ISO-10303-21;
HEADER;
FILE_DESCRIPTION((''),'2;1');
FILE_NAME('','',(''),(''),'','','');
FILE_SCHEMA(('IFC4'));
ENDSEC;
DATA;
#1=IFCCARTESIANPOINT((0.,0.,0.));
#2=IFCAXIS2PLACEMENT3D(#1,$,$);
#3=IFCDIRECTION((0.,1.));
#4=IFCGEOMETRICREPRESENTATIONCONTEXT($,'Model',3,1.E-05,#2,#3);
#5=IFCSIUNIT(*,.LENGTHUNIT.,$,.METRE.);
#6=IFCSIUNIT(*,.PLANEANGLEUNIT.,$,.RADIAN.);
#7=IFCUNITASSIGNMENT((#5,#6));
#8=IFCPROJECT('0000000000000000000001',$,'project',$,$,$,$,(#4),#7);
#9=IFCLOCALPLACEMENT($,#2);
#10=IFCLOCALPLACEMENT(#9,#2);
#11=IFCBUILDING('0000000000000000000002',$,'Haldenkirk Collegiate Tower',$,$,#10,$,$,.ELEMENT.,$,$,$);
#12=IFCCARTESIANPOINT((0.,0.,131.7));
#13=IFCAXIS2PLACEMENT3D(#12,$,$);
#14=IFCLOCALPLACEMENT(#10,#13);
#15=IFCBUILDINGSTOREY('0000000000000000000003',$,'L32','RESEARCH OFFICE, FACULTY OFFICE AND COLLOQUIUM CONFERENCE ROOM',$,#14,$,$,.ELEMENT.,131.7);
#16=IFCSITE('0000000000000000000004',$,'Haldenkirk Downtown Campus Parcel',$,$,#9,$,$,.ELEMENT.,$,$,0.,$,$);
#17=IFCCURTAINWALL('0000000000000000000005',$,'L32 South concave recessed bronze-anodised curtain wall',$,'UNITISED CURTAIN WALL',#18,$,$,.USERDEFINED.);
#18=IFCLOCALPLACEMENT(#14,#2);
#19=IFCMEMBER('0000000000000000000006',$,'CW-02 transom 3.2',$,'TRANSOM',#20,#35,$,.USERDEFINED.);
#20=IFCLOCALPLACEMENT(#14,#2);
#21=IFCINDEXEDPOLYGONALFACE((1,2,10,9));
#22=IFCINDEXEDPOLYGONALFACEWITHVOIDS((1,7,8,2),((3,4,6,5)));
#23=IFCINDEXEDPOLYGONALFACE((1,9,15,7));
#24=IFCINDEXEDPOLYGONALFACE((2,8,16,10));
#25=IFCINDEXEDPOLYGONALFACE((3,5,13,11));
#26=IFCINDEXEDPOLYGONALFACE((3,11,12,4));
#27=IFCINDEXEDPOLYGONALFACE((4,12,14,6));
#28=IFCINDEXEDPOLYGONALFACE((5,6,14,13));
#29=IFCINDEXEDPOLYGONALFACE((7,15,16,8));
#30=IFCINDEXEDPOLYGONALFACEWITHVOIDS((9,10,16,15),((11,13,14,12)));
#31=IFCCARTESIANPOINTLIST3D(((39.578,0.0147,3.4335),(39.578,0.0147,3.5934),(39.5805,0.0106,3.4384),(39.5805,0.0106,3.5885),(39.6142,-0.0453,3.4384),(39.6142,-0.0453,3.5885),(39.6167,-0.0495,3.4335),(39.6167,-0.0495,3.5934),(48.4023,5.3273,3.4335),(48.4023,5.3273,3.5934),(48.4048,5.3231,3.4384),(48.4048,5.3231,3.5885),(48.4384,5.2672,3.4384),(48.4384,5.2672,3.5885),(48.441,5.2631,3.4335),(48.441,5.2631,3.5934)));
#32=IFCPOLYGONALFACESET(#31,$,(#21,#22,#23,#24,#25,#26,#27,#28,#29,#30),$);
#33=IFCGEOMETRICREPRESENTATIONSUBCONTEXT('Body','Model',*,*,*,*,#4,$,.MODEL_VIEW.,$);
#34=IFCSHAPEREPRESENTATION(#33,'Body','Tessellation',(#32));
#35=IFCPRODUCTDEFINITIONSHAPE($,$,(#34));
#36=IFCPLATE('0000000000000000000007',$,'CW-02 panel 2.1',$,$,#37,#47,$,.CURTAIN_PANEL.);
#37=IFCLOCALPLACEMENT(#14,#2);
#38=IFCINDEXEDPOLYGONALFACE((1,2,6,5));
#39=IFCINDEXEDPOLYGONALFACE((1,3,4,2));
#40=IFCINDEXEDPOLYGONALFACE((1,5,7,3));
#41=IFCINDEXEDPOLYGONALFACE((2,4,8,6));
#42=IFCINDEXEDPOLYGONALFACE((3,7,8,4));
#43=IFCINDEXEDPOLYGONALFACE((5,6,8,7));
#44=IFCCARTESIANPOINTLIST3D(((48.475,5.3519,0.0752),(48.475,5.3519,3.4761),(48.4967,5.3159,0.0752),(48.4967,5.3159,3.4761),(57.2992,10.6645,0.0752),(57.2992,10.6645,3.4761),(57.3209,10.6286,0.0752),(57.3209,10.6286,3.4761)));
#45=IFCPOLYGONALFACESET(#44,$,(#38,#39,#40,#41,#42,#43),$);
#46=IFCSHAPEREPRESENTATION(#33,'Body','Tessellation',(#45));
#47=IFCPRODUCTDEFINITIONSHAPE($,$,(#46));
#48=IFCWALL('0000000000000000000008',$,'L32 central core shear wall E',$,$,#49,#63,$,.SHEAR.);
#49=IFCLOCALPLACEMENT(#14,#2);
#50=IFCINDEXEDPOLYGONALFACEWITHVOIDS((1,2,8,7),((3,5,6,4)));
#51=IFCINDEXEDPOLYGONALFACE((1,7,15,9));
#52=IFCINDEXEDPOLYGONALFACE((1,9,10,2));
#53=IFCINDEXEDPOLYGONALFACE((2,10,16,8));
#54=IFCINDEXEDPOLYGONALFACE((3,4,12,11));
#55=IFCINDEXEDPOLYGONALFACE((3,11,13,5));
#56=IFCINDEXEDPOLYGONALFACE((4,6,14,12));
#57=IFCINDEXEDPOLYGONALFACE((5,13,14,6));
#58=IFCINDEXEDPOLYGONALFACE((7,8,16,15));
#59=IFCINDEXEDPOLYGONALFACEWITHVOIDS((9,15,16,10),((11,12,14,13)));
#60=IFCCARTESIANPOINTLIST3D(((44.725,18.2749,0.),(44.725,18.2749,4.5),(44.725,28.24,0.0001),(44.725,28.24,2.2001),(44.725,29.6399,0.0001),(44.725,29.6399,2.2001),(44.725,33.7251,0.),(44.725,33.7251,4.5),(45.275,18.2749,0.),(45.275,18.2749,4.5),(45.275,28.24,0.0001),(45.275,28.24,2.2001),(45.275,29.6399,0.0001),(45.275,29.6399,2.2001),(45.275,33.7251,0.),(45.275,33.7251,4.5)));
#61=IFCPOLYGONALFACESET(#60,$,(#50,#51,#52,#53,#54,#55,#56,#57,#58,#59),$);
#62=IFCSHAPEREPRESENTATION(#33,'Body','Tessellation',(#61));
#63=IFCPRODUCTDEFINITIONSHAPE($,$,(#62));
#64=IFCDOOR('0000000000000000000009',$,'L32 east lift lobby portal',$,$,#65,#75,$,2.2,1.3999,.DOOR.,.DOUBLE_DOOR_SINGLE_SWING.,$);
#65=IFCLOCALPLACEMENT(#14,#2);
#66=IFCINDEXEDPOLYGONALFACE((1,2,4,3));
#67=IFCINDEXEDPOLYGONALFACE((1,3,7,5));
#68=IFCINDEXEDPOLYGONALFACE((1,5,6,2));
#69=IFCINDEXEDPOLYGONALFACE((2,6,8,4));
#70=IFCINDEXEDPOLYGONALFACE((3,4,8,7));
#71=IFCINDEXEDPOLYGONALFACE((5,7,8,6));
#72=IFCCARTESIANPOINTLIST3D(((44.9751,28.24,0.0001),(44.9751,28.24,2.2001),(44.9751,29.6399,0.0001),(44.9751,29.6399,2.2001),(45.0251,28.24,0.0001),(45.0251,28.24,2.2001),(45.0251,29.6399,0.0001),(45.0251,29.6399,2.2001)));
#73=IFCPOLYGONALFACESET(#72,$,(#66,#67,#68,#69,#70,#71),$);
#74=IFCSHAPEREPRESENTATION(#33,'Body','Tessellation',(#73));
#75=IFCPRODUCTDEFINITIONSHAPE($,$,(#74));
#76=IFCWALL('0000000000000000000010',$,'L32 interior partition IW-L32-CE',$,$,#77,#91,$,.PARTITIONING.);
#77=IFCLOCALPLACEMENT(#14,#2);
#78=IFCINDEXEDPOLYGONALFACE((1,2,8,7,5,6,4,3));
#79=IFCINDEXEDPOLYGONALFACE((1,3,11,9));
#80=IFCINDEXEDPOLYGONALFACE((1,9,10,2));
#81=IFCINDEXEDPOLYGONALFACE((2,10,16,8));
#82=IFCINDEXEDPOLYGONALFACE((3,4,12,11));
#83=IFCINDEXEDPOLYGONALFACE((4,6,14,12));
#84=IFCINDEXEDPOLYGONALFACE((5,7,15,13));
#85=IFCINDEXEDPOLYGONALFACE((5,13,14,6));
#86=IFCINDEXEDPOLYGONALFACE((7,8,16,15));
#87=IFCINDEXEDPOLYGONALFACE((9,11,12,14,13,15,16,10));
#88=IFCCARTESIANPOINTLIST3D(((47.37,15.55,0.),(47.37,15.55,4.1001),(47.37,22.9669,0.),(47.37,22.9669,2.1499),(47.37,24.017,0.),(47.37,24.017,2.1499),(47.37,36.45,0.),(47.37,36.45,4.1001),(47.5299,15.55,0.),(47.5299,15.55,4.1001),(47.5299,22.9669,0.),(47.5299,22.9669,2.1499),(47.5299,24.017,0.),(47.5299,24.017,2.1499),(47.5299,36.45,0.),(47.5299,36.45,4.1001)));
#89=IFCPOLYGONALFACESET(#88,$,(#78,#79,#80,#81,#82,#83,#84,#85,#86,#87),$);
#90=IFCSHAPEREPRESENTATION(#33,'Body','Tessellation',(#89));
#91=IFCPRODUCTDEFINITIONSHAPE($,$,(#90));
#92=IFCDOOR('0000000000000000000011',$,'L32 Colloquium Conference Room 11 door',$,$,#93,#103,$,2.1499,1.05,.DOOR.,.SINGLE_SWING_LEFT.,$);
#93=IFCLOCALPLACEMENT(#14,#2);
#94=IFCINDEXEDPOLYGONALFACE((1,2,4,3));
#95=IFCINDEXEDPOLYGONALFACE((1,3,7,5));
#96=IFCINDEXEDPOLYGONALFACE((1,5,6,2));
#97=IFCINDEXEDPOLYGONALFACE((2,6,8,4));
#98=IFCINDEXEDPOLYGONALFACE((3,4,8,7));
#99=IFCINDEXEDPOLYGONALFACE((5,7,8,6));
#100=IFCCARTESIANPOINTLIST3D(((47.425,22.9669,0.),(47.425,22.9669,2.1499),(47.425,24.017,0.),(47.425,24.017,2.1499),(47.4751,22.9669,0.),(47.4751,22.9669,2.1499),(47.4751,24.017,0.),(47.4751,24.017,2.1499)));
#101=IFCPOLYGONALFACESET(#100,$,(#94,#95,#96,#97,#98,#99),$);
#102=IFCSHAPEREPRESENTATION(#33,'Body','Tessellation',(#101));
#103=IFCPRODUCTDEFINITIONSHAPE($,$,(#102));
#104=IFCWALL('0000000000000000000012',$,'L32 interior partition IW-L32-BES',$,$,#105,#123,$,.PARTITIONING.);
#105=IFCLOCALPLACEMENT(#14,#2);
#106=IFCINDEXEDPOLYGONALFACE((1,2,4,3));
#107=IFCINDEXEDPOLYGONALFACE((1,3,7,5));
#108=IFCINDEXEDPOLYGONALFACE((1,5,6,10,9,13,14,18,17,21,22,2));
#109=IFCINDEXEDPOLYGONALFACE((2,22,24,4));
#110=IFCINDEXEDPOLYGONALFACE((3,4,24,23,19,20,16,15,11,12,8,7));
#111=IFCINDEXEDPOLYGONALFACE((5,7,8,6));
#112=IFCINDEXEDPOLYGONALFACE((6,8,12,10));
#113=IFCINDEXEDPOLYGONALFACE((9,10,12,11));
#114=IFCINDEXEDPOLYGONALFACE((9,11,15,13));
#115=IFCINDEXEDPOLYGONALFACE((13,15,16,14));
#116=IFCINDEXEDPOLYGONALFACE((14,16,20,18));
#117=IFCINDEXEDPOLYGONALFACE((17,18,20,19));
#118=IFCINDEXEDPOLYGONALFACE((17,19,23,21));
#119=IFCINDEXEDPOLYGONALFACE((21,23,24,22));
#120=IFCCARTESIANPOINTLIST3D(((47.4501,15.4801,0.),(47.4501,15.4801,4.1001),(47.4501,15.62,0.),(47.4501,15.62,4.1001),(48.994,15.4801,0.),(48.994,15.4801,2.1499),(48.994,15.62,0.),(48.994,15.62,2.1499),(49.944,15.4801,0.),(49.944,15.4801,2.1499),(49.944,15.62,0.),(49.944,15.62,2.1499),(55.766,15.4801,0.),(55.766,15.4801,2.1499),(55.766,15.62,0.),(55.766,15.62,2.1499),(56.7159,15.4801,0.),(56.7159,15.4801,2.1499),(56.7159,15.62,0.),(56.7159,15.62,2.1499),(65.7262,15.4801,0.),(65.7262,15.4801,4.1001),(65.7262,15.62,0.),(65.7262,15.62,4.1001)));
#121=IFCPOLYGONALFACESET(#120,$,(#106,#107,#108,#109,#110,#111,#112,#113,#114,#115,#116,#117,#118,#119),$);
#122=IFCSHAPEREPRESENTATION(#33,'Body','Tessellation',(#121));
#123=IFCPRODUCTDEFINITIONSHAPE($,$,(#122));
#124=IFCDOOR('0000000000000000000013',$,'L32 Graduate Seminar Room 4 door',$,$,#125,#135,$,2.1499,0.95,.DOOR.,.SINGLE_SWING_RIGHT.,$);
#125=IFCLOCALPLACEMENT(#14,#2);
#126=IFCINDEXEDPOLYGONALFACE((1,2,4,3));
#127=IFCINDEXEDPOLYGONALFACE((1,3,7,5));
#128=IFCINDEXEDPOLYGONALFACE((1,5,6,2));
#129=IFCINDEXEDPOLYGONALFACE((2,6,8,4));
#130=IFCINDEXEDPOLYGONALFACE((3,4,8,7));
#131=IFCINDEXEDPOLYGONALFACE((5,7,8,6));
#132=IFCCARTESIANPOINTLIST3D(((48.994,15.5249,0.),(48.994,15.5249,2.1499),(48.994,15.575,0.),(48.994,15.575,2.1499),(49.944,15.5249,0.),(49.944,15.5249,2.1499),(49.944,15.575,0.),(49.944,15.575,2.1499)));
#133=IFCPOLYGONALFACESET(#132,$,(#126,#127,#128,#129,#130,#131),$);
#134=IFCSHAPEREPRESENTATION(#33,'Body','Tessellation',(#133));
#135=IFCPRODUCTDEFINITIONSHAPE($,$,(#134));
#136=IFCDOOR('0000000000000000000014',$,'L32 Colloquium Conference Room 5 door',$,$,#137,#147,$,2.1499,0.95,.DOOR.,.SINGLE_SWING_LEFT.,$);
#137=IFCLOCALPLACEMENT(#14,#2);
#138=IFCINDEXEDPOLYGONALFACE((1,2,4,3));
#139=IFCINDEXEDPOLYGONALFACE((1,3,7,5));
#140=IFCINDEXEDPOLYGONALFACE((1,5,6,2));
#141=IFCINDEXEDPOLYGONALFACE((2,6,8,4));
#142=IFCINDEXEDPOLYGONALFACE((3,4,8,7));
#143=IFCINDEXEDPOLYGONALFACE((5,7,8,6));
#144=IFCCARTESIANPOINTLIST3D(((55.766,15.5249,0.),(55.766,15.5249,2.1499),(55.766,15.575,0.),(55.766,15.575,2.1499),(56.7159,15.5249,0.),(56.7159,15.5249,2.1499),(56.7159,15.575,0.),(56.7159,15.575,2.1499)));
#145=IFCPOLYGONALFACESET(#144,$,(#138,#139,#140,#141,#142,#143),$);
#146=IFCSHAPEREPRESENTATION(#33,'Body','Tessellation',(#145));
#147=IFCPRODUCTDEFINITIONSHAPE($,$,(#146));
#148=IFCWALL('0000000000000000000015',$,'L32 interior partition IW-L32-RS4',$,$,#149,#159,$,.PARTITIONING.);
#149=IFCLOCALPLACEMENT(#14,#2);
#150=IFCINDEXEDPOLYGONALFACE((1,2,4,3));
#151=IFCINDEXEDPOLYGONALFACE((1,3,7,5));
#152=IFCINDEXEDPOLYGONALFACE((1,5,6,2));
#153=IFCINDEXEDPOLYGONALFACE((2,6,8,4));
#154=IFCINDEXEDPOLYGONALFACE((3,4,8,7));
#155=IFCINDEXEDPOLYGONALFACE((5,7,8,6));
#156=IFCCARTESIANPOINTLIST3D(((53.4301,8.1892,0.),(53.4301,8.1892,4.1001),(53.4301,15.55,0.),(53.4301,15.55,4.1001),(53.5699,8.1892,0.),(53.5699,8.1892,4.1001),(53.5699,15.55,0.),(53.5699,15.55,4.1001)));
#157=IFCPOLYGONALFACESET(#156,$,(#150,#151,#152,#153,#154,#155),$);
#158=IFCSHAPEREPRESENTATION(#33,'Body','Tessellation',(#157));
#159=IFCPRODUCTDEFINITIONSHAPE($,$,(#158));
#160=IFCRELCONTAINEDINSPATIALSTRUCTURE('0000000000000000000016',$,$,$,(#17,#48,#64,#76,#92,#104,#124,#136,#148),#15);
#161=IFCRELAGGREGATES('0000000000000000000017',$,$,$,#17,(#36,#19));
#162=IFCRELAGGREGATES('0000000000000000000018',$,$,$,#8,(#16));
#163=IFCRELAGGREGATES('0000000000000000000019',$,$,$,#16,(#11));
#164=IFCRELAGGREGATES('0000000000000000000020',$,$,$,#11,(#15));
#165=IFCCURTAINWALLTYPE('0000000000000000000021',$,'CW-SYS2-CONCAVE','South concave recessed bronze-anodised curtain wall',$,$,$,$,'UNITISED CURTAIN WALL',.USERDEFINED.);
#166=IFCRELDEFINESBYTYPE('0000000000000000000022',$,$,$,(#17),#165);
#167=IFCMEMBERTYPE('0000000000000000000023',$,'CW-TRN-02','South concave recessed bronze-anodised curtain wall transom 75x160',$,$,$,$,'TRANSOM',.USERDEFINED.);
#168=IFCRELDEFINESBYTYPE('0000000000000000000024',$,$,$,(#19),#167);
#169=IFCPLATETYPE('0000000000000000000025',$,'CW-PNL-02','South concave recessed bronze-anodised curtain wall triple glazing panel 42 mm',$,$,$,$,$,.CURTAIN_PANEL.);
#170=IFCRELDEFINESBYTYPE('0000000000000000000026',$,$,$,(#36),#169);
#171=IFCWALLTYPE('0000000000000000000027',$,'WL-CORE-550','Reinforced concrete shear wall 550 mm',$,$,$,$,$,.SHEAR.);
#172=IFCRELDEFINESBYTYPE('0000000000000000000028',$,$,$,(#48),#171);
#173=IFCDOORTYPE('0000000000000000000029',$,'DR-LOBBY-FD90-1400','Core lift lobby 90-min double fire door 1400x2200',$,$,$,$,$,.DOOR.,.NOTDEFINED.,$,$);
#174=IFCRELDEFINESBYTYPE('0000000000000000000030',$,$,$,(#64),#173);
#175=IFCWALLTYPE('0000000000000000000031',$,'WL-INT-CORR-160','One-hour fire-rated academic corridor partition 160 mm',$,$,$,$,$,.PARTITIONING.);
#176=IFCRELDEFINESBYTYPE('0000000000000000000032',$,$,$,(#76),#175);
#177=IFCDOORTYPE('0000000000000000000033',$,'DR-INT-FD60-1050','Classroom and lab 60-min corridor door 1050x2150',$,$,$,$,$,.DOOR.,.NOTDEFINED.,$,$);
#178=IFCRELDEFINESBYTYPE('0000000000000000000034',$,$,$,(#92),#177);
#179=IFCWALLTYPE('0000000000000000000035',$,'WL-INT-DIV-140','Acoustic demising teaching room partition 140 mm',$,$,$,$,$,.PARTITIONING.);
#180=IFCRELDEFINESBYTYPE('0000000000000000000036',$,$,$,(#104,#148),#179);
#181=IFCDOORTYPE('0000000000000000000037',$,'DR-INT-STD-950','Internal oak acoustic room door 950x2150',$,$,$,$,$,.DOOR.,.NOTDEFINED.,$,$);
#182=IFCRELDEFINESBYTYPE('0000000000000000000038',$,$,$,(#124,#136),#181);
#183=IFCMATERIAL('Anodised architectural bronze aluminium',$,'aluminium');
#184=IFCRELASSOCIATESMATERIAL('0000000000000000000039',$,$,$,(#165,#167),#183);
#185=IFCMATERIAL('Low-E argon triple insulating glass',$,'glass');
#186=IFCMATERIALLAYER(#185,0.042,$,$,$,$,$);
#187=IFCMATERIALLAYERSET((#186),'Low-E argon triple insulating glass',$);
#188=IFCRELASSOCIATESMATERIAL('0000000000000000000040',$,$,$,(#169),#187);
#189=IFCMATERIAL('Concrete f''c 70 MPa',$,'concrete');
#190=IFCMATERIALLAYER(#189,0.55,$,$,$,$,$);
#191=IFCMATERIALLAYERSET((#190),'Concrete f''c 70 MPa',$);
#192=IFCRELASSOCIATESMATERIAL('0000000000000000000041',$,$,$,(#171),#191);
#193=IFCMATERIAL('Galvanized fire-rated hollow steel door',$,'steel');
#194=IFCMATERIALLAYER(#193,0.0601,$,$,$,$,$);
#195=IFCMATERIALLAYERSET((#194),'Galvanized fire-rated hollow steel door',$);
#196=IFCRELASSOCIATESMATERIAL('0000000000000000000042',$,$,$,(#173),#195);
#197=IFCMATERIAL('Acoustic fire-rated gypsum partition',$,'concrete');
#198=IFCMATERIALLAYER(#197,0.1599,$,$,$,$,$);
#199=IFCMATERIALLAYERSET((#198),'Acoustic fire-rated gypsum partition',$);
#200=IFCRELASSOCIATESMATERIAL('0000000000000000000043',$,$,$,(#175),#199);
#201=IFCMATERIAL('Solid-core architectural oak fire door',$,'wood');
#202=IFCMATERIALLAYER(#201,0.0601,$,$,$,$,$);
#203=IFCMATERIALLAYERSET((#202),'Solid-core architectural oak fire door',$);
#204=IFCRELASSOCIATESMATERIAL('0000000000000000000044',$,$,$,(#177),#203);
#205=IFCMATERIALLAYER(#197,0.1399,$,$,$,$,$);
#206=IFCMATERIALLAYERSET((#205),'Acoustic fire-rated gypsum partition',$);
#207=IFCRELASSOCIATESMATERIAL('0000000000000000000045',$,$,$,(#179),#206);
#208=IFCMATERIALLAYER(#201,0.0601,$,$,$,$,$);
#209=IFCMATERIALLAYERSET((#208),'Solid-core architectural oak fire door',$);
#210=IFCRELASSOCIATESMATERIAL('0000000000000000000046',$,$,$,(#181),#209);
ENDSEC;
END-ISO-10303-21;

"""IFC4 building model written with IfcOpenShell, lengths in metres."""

from ifc_helpers import new_model, si_unit, direction, frame, frame_2d, origin, origin_2d, place, context, subcontext, project, spatial, rectangle, hollow_rectangle, extrude, source, transform, mapped, material, layer, layer_set, material_profile, profile_set, type_object, element, fill, aggregate, save


model = new_model("IFC4")

# Units and contexts
model_context = context("Model", 3, precision=1e-05, world=origin(), true_north=direction((0.0, 1.0)))
body_context = subcontext(model_context, "Body", "Model", "MODEL_VIEW")
ifc_project = project(units=[si_unit("LENGTHUNIT", "METRE"), si_unit("PLANEANGLEUNIT", "RADIAN")], contexts=[model_context])

# Site, building, storey
site_placement = place(None, origin())
site = spatial("IfcSite", under=ifc_project, at=site_placement, Name="Haldenkirk Downtown Campus Parcel", CompositionType="ELEMENT", RefElevation=0.0)
building_placement = place(site_placement, origin())
building = spatial("IfcBuilding", under=site, at=building_placement, Name="Haldenkirk Collegiate Tower", CompositionType="ELEMENT")
storey_placement = place(building_placement, frame((0.0, 0.0, 131.7)))
storey = spatial("IfcBuildingStorey", under=building, at=storey_placement, Name="L32", Description="RESEARCH OFFICE, FACULTY OFFICE AND COLLOQUIUM CONFERENCE ROOM", CompositionType="ELEMENT", Elevation=131.7)

# Curtain wall, member, plate
ifc_material_1 = material(Name="Anodised architectural bronze aluminium", Category="aluminium")
curtain_wall_type = type_object("IfcCurtainWallType", Name="CW-SYS2-CONCAVE", Description="South concave recessed bronze-anodised curtain wall", ElementType="UNITISED CURTAIN WALL", PredefinedType="USERDEFINED", material=ifc_material_1)
curtain_wall_placement = place(storey_placement, origin())
curtain_wall = element("IfcCurtainWall", 1, at=curtain_wall_placement, inside=storey, type_object=curtain_wall_type, Name="L32 South concave recessed bronze-anodised curtain wall", ObjectType="UNITISED CURTAIN WALL", PredefinedType="USERDEFINED")
ifc_material_profile_1 = material_profile(ifc_material_1, hollow_rectangle(XDim=0.075, YDim=0.1599, WallThickness=0.0049, at=origin_2d()), Name="CW-TRN-02")
ifc_profile_set_1 = profile_set([ifc_material_profile_1], Name="Anodised architectural bronze aluminium")
member_type_1 = type_object("IfcMemberType", Name="CW-TRN-02", Description="South concave recessed bronze-anodised curtain wall transom 75x160", ElementType="TRANSOM", PredefinedType="USERDEFINED", material=ifc_profile_set_1)
member_1_placement = place(storey_placement, frame((48.4216, 5.2952, 3.5134), z_axis=(-0.856722, -0.515778, 0.0), x_axis=(0.515778, -0.856722, 0.0)))
member_1 = element("IfcMember", 2, at=member_1_placement, type_object=member_type_1, Name="CW-02 transom 3.2", ObjectType="TRANSOM", PredefinedType="USERDEFINED", context=body_context, shape_type="SweptSolid", body=[
    extrude(hollow_rectangle(XDim=0.075, YDim=0.1599, WallThickness=0.0049, at=origin_2d()), origin(), (0.0, 0.0, 1.0), 10.3),
])
ifc_material_2 = material(Name="Low-E argon triple insulating glass", Category="glass")
ifc_layer_1 = layer(ifc_material_2, 0.042)
ifc_layer_set_1 = layer_set([ifc_layer_1], Name="Low-E argon triple insulating glass")
plate_type = type_object("IfcPlateType", Name="CW-PNL-02", Description="South concave recessed bronze-anodised curtain wall triple glazing panel 42 mm", PredefinedType="CURTAIN_PANEL", material=ifc_layer_set_1)
shared_shape = source(origin(), body_context, "Body", "SweptSolid", [
    extrude(rectangle(XDim=10.3, YDim=0.042, at=origin_2d()), origin(), (0.0, 0.0, 1.0), 3.4009),
])
plate_placement = place(storey_placement, frame((52.8979, 7.9902, 0.0752), z_axis=(0.0, 0.0, 1.0), x_axis=(-0.856718, -0.515785, 0.0)))
plate = element("IfcPlate", 3, at=plate_placement, type_object=plate_type, Name="CW-02 panel 2.1", PredefinedType="CURTAIN_PANEL", context=body_context, shape_type="MappedRepresentation", body=[
    mapped(shared_shape, transform((0.0, 0.0, 0.0), x_axis=(1.0, 0.0, 0.0), y_axis=(0.0, 1.0, 0.0), z_axis=(0.0, 0.0, 1.0), scale=1.0)),
])
aggregate(curtain_wall, [plate, member_1])

# Walls, openings, doors
ifc_material_3 = material(Name="Concrete f'c 70 MPa", Category="concrete")
ifc_layer_2 = layer(ifc_material_3, 0.55)
ifc_layer_set_2 = layer_set([ifc_layer_2], Name="Concrete f'c 70 MPa")
wall_type_1 = type_object("IfcWallType", Name="WL-CORE-550", Description="Reinforced concrete shear wall 550 mm", PredefinedType="SHEAR", material=ifc_layer_set_2)
wall_1_placement = place(storey_placement, frame((45.0, 18.2749, 0.0), z_axis=(0.0, 0.0, 1.0), x_axis=(0.0, 1.0, 0.0)))
wall_1 = element("IfcWall", 4, at=wall_1_placement, inside=storey, type_object=wall_type_1, Name="L32 central core shear wall E", PredefinedType="SHEAR", context=body_context, shape_type="SweptSolid", body=[
    extrude(rectangle(XDim=15.4502, YDim=0.55, at=frame_2d((7.7251, 0.0))), origin(), (0.0, 0.0, 1.0), 4.5),
])
opening_1_placement = place(wall_1_placement, frame((9.9651, 0.0, 0.0)))
opening_1 = element("IfcOpeningElement", 5, at=opening_1_placement, cuts=wall_1, PredefinedType="OPENING", context=body_context, shape_type="SweptSolid", body=[
    extrude(rectangle(XDim=1.3999, YDim=2.2, at=frame_2d((0.7, 1.1001))), frame((0.0, 0.2849, 0.0), z_axis=(0.0, -1.0, 0.0), x_axis=(1.0, 0.0, 0.0)), (0.0, 0.0, 1.0), 0.5701),
])
ifc_material_4 = material(Name="Galvanized fire-rated hollow steel door", Category="steel")
ifc_layer_3 = layer(ifc_material_4, 0.0601)
ifc_layer_set_3 = layer_set([ifc_layer_3], Name="Galvanized fire-rated hollow steel door")
door_type_1 = type_object("IfcDoorType", Name="DR-LOBBY-FD90-1400", Description="Core lift lobby 90-min double fire door 1400x2200", OperationType="NOTDEFINED", PredefinedType="DOOR", material=ifc_layer_set_3)
door_1_placement = place(opening_1_placement, origin())
door_1 = element("IfcDoor", 6, at=door_1_placement, inside=storey, type_object=door_type_1, Name="L32 east lift lobby portal", OperationType="DOUBLE_DOOR_SINGLE_SWING", OverallHeight=2.2, OverallWidth=1.3999, PredefinedType="DOOR", context=body_context, shape_type="SweptSolid", body=[
    extrude(rectangle(XDim=1.3999, YDim=2.2, at=frame_2d((0.7, 1.1001))), frame((0.0, 0.0249, 0.0), z_axis=(0.0, -1.0, 0.0), x_axis=(1.0, 0.0, 0.0)), (0.0, 0.0, 1.0), 0.05),
])
fill(opening_1, door_1)
ifc_material_5 = material(Name="Acoustic fire-rated gypsum partition", Category="concrete")
ifc_layer_4 = layer(ifc_material_5, 0.1599)
ifc_layer_set_4 = layer_set([ifc_layer_4], Name="Acoustic fire-rated gypsum partition")
wall_type_2 = type_object("IfcWallType", Name="WL-INT-CORR-160", Description="One-hour fire-rated academic corridor partition 160 mm", PredefinedType="PARTITIONING", material=ifc_layer_set_4)
wall_2_placement = place(storey_placement, frame((47.45, 15.55, 0.0), z_axis=(0.0, 0.0, 1.0), x_axis=(0.0, 1.0, 0.0)))
wall_2 = element("IfcWall", 7, at=wall_2_placement, inside=storey, type_object=wall_type_2, Name="L32 interior partition IW-L32-CE", PredefinedType="PARTITIONING", context=body_context, shape_type="SweptSolid", body=[
    extrude(rectangle(XDim=20.8999, YDim=0.1599, at=frame_2d((10.45, 0.0))), origin(), (0.0, 0.0, 1.0), 4.1001),
])
opening_2_placement = place(wall_2_placement, frame((7.417, 0.0, 0.0)))
opening_2 = element("IfcOpeningElement", 8, at=opening_2_placement, cuts=wall_2, PredefinedType="OPENING", context=body_context, shape_type="SweptSolid", body=[
    extrude(rectangle(XDim=1.05, YDim=2.1499, at=frame_2d((0.5249, 1.075))), frame((0.0, 0.0898, 0.0), z_axis=(0.0, -1.0, 0.0), x_axis=(1.0, 0.0, 0.0)), (0.0, 0.0, 1.0), 0.1799),
])
ifc_material_6 = material(Name="Solid-core architectural oak fire door", Category="wood")
ifc_layer_5 = layer(ifc_material_6, 0.0601)
ifc_layer_set_5 = layer_set([ifc_layer_5], Name="Solid-core architectural oak fire door")
door_type_2 = type_object("IfcDoorType", Name="DR-INT-FD60-1050", Description="Classroom and lab 60-min corridor door 1050x2150", OperationType="NOTDEFINED", PredefinedType="DOOR", material=ifc_layer_set_5)
door_2_placement = place(opening_2_placement, origin())
door_2 = element("IfcDoor", 9, at=door_2_placement, inside=storey, type_object=door_type_2, Name="L32 Colloquium Conference Room 11 door", OperationType="SINGLE_SWING_LEFT", OverallHeight=2.1499, OverallWidth=1.05, PredefinedType="DOOR", context=body_context, shape_type="SweptSolid", body=[
    extrude(rectangle(XDim=1.05, YDim=2.1499, at=frame_2d((0.5249, 1.075))), frame((0.0, 0.0249, 0.0), z_axis=(0.0, -1.0, 0.0), x_axis=(1.0, 0.0, 0.0)), (0.0, 0.0, 1.0), 0.05),
])
fill(opening_2, door_2)

# Wall, openings, doors
ifc_layer_6 = layer(ifc_material_5, 0.1399)
ifc_layer_set_6 = layer_set([ifc_layer_6], Name="Acoustic fire-rated gypsum partition")
wall_type_3 = type_object("IfcWallType", Name="WL-INT-DIV-140", Description="Acoustic demising teaching room partition 140 mm", PredefinedType="PARTITIONING", material=ifc_layer_set_6)
wall_3_placement = place(storey_placement, frame((47.45, 15.55, 0.0), z_axis=(0.0, 0.0, 1.0), x_axis=(1.0, 0.0, 0.0)))
wall_3 = element("IfcWall", 10, at=wall_3_placement, inside=storey, type_object=wall_type_3, Name="L32 interior partition IW-L32-BES", PredefinedType="PARTITIONING", context=body_context, shape_type="SweptSolid", body=[
    extrude(rectangle(XDim=18.2761, YDim=0.1399, at=frame_2d((9.1382, 0.0))), origin(), (0.0, 0.0, 1.0), 4.1001),
])
opening_3_placement = place(wall_3_placement, frame((1.5439, 0.0, 0.0)))
opening_3 = element("IfcOpeningElement", 11, at=opening_3_placement, cuts=wall_3, PredefinedType="OPENING", context=body_context, shape_type="SweptSolid", body=[
    extrude(rectangle(XDim=0.95, YDim=2.1499, at=frame_2d((0.4751, 1.075))), frame((0.0, 0.0798, 0.0), z_axis=(0.0, -1.0, 0.0), x_axis=(1.0, 0.0, 0.0)), (0.0, 0.0, 1.0), 0.1599),
])
opening_4_placement = place(wall_3_placement, frame((8.3159, 0.0, 0.0)))
opening_4 = element("IfcOpeningElement", 12, at=opening_4_placement, cuts=wall_3, PredefinedType="OPENING", context=body_context, shape_type="SweptSolid", body=[
    extrude(rectangle(XDim=0.95, YDim=2.1499, at=frame_2d((0.4751, 1.075))), frame((0.0, 0.0798, 0.0), z_axis=(0.0, -1.0, 0.0), x_axis=(1.0, 0.0, 0.0)), (0.0, 0.0, 1.0), 0.1599),
])
ifc_layer_7 = layer(ifc_material_6, 0.0601)
ifc_layer_set_7 = layer_set([ifc_layer_7], Name="Solid-core architectural oak fire door")
door_type_3 = type_object("IfcDoorType", Name="DR-INT-STD-950", Description="Internal oak acoustic room door 950x2150", OperationType="NOTDEFINED", PredefinedType="DOOR", material=ifc_layer_set_7)
door_3_placement = place(opening_3_placement, origin())
door_3 = element("IfcDoor", 13, at=door_3_placement, inside=storey, type_object=door_type_3, Name="L32 Graduate Seminar Room 4 door", OperationType="SINGLE_SWING_RIGHT", OverallHeight=2.1499, OverallWidth=0.95, PredefinedType="DOOR", context=body_context, shape_type="SweptSolid", body=[
    extrude(rectangle(XDim=0.95, YDim=2.1499, at=frame_2d((0.4751, 1.075))), frame((0.0, 0.0249, 0.0), z_axis=(0.0, -1.0, 0.0), x_axis=(1.0, 0.0, 0.0)), (0.0, 0.0, 1.0), 0.05),
])
fill(opening_3, door_3)
door_4_placement = place(opening_4_placement, origin())
door_4 = element("IfcDoor", 14, at=door_4_placement, inside=storey, type_object=door_type_3, Name="L32 Colloquium Conference Room 5 door", OperationType="SINGLE_SWING_LEFT", OverallHeight=2.1499, OverallWidth=0.95, PredefinedType="DOOR", context=body_context, shape_type="SweptSolid", body=[
    extrude(rectangle(XDim=0.95, YDim=2.1499, at=frame_2d((0.4751, 1.075))), frame((0.0, 0.0249, 0.0), z_axis=(0.0, -1.0, 0.0), x_axis=(1.0, 0.0, 0.0)), (0.0, 0.0, 1.0), 0.05),
])
fill(opening_4, door_4)

# Wall
wall_4_placement = place(storey_placement, frame((53.5, 8.1892, 0.0), z_axis=(0.0, 0.0, 1.0), x_axis=(0.0, 1.0, 0.0)))
element("IfcWall", 15, at=wall_4_placement, inside=storey, type_object=wall_type_3, Name="L32 interior partition IW-L32-RS4", PredefinedType="PARTITIONING", context=body_context, shape_type="SweptSolid", body=[
    extrude(rectangle(XDim=7.3608, YDim=0.1399, at=frame_2d((3.6804, 0.0))), origin(), (0.0, 0.0, 1.0), 4.1001),
])

save(model, "model.ifc")
